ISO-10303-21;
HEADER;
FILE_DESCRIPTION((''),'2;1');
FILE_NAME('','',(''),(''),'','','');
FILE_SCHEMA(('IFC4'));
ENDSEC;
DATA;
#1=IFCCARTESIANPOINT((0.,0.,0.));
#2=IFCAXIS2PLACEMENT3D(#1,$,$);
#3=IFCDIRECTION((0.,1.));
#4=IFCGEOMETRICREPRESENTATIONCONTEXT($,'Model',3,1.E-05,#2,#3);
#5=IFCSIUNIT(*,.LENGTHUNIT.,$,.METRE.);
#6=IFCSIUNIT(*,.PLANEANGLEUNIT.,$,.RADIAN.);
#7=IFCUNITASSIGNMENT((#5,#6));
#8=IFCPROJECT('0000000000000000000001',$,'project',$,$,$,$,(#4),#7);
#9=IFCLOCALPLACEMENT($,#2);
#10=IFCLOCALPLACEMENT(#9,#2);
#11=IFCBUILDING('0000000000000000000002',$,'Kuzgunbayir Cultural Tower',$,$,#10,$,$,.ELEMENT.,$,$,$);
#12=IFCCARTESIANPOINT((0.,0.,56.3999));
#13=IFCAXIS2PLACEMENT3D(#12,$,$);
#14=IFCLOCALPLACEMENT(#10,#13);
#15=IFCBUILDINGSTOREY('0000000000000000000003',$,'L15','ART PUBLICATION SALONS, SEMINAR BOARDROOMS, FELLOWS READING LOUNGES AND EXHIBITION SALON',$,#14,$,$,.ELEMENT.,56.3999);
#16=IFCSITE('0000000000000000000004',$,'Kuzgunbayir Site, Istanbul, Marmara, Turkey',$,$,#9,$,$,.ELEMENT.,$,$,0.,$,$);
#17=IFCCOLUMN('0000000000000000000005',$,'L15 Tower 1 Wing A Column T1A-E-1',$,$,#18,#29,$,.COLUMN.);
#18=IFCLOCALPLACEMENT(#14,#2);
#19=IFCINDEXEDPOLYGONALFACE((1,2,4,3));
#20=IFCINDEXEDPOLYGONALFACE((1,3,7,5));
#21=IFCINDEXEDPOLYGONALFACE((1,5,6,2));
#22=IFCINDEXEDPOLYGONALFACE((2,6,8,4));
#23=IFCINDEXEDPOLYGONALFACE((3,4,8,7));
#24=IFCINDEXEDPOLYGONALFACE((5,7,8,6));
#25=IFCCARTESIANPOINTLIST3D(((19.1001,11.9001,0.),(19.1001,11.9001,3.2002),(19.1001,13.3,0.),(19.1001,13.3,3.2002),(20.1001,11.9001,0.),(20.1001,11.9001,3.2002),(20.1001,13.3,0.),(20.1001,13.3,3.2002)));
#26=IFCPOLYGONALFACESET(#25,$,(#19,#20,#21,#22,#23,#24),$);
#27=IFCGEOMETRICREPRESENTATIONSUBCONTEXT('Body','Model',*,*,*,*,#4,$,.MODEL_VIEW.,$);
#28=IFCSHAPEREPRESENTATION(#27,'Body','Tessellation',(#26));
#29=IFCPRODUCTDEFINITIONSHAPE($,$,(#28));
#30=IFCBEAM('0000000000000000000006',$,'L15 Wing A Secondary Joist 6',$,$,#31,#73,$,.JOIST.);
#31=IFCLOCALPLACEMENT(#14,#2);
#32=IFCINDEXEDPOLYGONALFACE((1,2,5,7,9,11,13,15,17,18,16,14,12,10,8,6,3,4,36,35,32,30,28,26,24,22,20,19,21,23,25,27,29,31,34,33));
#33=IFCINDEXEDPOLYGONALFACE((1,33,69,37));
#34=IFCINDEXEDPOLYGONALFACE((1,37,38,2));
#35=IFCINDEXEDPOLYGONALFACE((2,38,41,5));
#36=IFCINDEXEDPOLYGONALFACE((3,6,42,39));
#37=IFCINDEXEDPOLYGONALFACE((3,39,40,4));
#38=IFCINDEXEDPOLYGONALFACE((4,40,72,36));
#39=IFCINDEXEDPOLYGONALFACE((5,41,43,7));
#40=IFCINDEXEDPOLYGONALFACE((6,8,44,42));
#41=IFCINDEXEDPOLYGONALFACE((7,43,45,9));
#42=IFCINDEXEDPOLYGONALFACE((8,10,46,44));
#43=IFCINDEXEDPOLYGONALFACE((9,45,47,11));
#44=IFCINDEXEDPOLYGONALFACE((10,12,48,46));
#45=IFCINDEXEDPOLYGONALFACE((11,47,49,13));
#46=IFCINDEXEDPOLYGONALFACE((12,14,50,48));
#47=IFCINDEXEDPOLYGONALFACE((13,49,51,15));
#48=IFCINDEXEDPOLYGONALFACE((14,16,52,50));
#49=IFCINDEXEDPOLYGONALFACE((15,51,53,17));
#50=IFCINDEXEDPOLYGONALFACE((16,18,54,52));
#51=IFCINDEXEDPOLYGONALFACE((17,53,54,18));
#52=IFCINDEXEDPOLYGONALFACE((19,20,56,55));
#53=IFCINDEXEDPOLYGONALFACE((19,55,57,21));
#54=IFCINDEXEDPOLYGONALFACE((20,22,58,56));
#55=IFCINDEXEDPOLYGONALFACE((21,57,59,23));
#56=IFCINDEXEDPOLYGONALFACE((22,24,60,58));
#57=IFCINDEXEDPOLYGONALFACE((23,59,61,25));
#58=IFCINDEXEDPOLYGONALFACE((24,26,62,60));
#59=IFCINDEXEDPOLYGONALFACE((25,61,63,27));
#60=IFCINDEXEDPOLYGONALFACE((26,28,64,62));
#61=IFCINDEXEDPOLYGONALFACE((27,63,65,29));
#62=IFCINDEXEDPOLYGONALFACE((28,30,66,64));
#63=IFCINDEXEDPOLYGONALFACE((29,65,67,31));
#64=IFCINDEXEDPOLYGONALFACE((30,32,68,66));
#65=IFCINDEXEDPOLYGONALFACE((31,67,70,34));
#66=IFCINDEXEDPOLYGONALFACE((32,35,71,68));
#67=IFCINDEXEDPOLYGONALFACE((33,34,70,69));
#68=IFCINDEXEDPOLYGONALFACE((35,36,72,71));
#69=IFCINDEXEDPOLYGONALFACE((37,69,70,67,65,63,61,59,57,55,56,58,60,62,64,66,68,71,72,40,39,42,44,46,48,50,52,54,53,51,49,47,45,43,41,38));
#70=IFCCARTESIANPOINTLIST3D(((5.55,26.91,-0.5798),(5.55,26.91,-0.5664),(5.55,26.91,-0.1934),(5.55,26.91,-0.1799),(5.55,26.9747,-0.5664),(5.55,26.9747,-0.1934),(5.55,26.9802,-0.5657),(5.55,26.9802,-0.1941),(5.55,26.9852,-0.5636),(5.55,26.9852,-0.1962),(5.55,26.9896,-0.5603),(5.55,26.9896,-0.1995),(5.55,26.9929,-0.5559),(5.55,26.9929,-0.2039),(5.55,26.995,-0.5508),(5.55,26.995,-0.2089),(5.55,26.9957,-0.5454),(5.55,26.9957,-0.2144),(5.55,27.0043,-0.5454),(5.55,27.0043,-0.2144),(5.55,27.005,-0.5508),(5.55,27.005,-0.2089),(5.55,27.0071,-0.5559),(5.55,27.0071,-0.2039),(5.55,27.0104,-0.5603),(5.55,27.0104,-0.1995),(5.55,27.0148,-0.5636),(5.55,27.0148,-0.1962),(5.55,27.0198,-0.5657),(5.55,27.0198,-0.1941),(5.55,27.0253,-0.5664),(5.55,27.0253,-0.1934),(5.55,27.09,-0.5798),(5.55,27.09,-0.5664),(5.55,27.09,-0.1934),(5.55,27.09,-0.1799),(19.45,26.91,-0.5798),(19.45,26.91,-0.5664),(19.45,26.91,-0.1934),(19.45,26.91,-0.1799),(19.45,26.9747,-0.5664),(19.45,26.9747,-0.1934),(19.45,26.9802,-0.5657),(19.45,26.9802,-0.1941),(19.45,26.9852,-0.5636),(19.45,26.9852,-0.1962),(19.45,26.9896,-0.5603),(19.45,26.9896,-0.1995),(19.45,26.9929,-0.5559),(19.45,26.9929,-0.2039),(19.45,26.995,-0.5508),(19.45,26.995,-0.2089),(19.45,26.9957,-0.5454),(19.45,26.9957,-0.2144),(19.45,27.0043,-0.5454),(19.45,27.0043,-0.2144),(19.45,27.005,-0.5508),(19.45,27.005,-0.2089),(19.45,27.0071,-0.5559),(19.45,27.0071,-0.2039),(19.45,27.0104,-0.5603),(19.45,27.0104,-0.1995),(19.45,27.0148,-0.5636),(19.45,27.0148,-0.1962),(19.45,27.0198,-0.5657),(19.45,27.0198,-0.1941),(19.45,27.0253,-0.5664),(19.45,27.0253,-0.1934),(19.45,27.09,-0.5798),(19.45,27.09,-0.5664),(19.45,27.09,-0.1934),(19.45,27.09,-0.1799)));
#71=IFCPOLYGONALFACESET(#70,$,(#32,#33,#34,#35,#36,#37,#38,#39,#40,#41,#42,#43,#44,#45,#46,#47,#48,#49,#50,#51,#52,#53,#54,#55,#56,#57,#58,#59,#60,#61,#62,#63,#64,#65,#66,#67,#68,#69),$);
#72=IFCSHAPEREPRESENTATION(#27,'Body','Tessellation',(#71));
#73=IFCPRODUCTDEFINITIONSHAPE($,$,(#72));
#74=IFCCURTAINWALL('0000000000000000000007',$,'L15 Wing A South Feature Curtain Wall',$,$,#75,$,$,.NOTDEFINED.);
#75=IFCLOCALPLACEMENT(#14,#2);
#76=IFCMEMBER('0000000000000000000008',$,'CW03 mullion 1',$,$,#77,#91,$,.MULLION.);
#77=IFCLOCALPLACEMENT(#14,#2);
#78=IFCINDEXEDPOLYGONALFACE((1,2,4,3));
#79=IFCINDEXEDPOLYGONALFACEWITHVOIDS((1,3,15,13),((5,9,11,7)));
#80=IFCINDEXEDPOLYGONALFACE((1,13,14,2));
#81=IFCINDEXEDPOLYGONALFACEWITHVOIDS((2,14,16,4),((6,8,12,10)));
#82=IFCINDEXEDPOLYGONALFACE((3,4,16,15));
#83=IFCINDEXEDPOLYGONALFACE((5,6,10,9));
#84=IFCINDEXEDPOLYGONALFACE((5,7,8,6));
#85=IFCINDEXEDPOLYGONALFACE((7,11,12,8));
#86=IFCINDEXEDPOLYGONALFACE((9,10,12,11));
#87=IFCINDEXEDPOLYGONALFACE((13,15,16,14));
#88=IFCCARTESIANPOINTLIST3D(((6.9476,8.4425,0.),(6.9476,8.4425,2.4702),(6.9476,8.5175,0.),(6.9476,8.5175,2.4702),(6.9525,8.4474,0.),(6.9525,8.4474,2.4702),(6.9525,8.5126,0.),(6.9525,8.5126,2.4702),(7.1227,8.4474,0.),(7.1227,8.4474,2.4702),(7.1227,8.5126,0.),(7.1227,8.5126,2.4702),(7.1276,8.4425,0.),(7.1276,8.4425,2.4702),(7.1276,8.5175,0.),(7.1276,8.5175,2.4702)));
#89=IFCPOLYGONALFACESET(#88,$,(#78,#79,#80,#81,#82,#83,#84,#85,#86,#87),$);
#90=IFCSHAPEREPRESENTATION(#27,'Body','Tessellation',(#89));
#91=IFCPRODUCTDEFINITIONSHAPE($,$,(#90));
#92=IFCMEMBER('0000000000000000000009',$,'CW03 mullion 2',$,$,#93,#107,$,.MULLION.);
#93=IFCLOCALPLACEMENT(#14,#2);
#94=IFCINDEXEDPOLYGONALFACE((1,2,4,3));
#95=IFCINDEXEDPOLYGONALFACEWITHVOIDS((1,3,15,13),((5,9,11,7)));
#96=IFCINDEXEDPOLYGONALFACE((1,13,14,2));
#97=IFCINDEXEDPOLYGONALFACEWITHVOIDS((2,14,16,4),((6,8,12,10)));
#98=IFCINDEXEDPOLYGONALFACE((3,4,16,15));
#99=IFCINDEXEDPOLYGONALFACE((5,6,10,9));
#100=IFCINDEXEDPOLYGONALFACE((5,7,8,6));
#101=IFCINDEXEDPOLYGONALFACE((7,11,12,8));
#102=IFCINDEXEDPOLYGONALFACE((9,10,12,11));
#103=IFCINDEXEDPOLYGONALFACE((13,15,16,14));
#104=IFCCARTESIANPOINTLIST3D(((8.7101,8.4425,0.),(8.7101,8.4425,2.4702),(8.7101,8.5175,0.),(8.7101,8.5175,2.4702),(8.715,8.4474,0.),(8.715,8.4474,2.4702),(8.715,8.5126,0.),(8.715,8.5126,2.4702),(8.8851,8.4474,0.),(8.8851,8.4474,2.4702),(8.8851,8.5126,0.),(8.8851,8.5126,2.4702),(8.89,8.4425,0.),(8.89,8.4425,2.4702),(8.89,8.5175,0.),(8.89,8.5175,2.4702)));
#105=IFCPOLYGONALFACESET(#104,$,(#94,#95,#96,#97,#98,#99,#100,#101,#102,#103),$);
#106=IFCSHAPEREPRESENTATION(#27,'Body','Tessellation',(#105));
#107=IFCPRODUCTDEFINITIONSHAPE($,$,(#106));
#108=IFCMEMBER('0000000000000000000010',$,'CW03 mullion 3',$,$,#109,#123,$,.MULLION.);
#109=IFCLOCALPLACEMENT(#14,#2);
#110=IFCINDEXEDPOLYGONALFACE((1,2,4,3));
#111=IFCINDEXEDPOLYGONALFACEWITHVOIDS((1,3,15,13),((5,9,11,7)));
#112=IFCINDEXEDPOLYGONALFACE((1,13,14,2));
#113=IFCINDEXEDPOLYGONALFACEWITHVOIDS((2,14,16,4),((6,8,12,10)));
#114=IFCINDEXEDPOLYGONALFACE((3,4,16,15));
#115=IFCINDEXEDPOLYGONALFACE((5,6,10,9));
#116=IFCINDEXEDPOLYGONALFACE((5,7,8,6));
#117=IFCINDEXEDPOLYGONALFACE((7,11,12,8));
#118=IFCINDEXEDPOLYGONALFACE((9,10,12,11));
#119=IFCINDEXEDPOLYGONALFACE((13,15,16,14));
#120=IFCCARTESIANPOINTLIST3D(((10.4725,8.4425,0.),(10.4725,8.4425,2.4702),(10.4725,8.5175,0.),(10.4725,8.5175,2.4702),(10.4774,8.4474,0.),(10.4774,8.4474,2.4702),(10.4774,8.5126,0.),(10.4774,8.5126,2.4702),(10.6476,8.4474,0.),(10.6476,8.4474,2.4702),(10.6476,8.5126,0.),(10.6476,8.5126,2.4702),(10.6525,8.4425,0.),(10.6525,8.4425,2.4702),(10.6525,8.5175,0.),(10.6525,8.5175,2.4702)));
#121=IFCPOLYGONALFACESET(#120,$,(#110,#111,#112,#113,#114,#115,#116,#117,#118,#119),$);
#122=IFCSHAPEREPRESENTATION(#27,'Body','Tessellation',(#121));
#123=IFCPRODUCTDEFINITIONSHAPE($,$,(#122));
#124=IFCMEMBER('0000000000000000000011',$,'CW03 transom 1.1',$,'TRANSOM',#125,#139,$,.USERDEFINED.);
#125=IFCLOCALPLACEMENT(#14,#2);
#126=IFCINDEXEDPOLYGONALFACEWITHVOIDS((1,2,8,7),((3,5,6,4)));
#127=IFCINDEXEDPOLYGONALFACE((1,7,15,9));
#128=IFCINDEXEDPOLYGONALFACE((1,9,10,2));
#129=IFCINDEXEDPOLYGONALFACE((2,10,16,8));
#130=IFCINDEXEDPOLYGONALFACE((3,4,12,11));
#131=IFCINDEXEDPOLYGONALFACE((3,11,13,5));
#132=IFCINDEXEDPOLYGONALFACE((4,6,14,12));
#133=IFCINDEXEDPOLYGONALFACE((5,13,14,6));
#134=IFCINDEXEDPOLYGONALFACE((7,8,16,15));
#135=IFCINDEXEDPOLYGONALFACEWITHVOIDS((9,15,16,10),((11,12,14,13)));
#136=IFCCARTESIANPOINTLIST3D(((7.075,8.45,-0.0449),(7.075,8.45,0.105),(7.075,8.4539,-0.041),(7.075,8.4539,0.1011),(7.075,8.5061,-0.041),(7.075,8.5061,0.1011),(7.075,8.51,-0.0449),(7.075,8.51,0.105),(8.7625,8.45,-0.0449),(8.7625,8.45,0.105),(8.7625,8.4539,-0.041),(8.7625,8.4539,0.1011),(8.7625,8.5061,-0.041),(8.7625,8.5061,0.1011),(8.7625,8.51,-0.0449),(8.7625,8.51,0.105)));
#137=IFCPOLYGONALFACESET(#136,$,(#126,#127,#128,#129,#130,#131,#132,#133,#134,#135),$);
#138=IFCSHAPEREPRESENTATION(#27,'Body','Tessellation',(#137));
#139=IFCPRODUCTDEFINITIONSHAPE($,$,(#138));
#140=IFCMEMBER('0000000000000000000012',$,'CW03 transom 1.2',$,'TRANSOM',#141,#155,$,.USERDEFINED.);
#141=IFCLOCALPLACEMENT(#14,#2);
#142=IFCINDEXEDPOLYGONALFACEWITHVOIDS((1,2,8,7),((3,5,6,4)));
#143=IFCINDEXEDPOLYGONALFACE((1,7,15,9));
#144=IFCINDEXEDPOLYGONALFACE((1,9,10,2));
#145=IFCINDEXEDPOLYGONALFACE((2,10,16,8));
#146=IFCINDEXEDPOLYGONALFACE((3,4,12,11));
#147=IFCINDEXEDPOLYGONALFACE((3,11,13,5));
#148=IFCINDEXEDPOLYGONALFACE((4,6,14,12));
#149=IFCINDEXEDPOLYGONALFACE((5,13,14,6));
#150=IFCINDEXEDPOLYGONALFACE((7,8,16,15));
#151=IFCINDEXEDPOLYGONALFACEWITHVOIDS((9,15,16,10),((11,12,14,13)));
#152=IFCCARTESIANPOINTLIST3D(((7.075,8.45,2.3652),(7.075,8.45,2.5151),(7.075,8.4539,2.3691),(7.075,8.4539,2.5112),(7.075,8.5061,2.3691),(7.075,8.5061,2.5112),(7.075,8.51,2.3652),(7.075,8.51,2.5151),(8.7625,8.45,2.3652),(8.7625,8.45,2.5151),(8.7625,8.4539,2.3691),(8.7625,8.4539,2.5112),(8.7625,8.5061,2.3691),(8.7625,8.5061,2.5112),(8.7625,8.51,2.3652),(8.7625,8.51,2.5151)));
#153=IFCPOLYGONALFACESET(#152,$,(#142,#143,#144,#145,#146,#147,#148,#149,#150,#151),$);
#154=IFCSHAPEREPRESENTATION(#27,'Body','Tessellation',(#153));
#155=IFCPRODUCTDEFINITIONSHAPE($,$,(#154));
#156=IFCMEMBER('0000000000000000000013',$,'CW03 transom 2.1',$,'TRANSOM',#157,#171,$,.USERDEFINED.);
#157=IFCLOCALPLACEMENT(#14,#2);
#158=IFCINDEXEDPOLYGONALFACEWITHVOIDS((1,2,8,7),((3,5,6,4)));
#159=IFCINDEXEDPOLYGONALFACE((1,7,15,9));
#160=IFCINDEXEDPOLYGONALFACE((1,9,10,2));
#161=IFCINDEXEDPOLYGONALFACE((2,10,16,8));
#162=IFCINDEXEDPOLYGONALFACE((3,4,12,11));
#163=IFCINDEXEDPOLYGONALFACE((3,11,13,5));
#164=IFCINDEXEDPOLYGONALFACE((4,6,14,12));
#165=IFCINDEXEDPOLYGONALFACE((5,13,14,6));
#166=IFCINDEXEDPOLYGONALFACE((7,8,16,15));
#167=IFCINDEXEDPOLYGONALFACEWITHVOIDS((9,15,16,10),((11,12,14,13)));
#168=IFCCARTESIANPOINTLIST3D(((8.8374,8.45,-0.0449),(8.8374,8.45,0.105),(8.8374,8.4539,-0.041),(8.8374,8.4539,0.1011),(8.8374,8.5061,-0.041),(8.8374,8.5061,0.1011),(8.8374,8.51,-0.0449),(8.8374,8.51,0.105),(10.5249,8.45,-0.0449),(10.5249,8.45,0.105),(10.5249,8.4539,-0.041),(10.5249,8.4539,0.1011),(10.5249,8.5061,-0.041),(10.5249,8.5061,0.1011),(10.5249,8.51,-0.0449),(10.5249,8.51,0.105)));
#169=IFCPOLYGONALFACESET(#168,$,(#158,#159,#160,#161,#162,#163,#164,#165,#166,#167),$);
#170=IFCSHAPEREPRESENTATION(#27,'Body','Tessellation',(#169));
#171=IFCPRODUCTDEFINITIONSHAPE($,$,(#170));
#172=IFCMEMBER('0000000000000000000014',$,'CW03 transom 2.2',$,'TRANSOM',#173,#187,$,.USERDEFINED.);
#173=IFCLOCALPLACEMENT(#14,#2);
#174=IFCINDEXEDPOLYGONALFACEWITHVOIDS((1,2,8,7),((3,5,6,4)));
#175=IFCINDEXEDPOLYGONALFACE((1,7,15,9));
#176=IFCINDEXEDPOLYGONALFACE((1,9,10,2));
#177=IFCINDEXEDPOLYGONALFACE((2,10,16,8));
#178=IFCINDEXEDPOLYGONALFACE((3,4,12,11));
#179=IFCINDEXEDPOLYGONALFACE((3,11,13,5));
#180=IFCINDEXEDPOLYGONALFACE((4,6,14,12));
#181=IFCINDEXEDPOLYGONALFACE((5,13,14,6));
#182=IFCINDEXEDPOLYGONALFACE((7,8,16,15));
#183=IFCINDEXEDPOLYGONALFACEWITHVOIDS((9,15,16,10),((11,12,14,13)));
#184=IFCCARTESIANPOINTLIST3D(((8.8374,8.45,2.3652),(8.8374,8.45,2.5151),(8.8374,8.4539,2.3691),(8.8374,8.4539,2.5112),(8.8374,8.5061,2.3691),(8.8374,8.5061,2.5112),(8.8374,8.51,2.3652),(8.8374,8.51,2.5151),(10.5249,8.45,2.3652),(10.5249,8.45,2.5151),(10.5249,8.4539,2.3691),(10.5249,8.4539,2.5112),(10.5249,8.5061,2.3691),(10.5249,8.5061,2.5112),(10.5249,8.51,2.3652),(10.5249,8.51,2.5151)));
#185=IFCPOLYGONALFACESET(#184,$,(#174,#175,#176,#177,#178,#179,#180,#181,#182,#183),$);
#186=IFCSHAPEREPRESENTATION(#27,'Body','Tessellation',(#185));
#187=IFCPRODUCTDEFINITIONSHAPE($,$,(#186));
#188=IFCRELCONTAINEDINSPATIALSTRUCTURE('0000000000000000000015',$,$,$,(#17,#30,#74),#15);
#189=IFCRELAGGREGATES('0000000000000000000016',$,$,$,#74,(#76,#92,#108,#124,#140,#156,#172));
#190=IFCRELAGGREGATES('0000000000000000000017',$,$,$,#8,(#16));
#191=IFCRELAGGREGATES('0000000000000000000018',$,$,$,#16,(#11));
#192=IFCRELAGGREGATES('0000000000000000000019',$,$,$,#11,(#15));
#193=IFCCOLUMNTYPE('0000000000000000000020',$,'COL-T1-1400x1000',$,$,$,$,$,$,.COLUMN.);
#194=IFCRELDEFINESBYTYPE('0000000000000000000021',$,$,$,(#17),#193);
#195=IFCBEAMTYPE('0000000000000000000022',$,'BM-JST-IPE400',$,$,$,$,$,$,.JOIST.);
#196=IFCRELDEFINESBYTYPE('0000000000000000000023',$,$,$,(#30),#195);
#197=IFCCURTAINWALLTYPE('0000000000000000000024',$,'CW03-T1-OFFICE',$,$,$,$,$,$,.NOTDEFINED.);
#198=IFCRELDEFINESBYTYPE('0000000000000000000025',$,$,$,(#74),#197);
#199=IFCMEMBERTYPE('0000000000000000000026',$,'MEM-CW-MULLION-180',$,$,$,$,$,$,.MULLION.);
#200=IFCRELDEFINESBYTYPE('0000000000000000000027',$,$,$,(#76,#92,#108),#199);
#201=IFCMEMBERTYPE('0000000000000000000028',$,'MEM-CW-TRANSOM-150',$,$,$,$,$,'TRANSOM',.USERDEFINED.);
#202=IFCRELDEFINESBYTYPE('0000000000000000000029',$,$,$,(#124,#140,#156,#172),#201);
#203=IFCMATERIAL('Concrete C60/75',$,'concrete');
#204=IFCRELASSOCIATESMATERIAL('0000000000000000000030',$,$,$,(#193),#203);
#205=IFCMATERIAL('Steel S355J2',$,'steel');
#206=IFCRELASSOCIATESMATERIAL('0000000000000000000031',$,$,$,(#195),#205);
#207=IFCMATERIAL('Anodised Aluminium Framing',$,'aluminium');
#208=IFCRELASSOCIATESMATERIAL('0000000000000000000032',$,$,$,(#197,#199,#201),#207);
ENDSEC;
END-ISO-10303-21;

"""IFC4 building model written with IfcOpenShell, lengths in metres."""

from ifc_helpers import new_model, si_unit, direction, frame, origin, origin_2d, place, context, subcontext, project, spatial, rectangle, hollow_rectangle, i_section, extrude, material, material_profile, profile_set, type_object, element, aggregate, save


model = new_model("IFC4")

# Units and contexts
model_context = context("Model", 3, precision=1e-05, world=origin(), true_north=direction((0.0, 1.0)))
body_context = subcontext(model_context, "Body", "Model", "MODEL_VIEW")
ifc_project = project(units=[si_unit("LENGTHUNIT", "METRE"), si_unit("PLANEANGLEUNIT", "RADIAN")], contexts=[model_context])

# Site, building, storey
site_placement = place(None, origin())
site = spatial("IfcSite", under=ifc_project, at=site_placement, Name="Kuzgunbayir Site, Istanbul, Marmara, Turkey", CompositionType="ELEMENT", RefElevation=0.0)
building_placement = place(site_placement, origin())
building = spatial("IfcBuilding", under=site, at=building_placement, Name="Kuzgunbayir Cultural Tower", CompositionType="ELEMENT")
storey_placement = place(building_placement, frame((0.0, 0.0, 56.3999)))
storey = spatial("IfcBuildingStorey", under=building, at=storey_placement, Name="L15", Description="ART PUBLICATION SALONS, SEMINAR BOARDROOMS, FELLOWS READING LOUNGES AND EXHIBITION SALON", CompositionType="ELEMENT", Elevation=56.3999)

# Column
ifc_material_1 = material(Name="Concrete C60/75", Category="concrete")
ifc_material_profile_1 = material_profile(ifc_material_1, rectangle(XDim=1.0, YDim=1.3999, at=origin_2d()), Name="RC 1400x1000")
ifc_profile_set_1 = profile_set([ifc_material_profile_1], Name="Concrete C60/75")
column_type = type_object("IfcColumnType", Name="COL-T1-1400x1000", PredefinedType="COLUMN", material=ifc_profile_set_1)
column_placement = place(storey_placement, frame((19.6001, 12.6001, 0.0), z_axis=(0.0, 0.0, 1.0), x_axis=(1.0, 0.0, 0.0)))
element("IfcColumn", 1, at=column_placement, inside=storey, type_object=column_type, Name="L15 Tower 1 Wing A Column T1A-E-1", PredefinedType="COLUMN", context=body_context, shape_type="SweptSolid", body=[
    extrude(rectangle(XDim=1.0, YDim=1.3999, at=origin_2d()), origin(), (0.0, 0.0, 1.0), 3.2002),
])

# Beam
ifc_material_2 = material(Name="Steel S355J2", Category="steel")
ifc_material_profile_2 = material_profile(ifc_material_2, i_section(OverallWidth=0.1799, OverallDepth=0.3999, WebThickness=0.0085, FlangeThickness=0.0134, FilletRadius=0.021, at=origin_2d()), Name="IPE 400")
ifc_profile_set_2 = profile_set([ifc_material_profile_2], Name="Steel S355J2")
beam_type = type_object("IfcBeamType", Name="BM-JST-IPE400", PredefinedType="JOIST", material=ifc_profile_set_2)
beam_placement = place(storey_placement, frame((5.55, 27.0, -0.3799), z_axis=(1.0, 0.0, 0.0), x_axis=(0.0, 1.0, 0.0)))
element("IfcBeam", 2, at=beam_placement, inside=storey, type_object=beam_type, Name="L15 Wing A Secondary Joist 6", PredefinedType="JOIST", context=body_context, shape_type="SweptSolid", body=[
    extrude(i_section(OverallWidth=0.1799, OverallDepth=0.3999, WebThickness=0.0085, FlangeThickness=0.0134, FilletRadius=0.021, at=origin_2d()), origin(), (0.0, 0.0, 1.0), 13.8999),
])

# Curtain wall, members
ifc_material_3 = material(Name="Anodised Aluminium Framing", Category="aluminium")
curtain_wall_type = type_object("IfcCurtainWallType", Name="CW03-T1-OFFICE", PredefinedType="NOTDEFINED", material=ifc_material_3)
curtain_wall_placement = place(storey_placement, origin())
curtain_wall = element("IfcCurtainWall", 3, at=curtain_wall_placement, inside=storey, type_object=curtain_wall_type, Name="L15 Wing A South Feature Curtain Wall", PredefinedType="NOTDEFINED")
ifc_material_profile_3 = material_profile(ifc_material_3, hollow_rectangle(XDim=0.075, YDim=0.1799, WallThickness=0.0049, at=origin_2d()), Name="RHS 180x75x5")
ifc_profile_set_3 = profile_set([ifc_material_profile_3], Name="Anodised Aluminium Framing")
member_type_1 = type_object("IfcMemberType", Name="MEM-CW-MULLION-180", PredefinedType="MULLION", material=ifc_profile_set_3)
member_1_placement = place(storey_placement, frame((7.0376, 8.48, 0.0), z_axis=(0.0, 0.0, 1.0), x_axis=(0.0, 1.0, 0.0)))
member_1 = element("IfcMember", 4, at=member_1_placement, type_object=member_type_1, Name="CW03 mullion 1", PredefinedType="MULLION", context=body_context, shape_type="SweptSolid", body=[
    extrude(hollow_rectangle(XDim=0.075, YDim=0.1799, WallThickness=0.0049, at=origin_2d()), origin(), (0.0, 0.0, 1.0), 2.4702),
])
member_2_placement = place(storey_placement, frame((8.8, 8.48, 0.0), z_axis=(0.0, 0.0, 1.0), x_axis=(0.0, 1.0, 0.0)))
member_2 = element("IfcMember", 5, at=member_2_placement, type_object=member_type_1, Name="CW03 mullion 2", PredefinedType="MULLION", context=body_context, shape_type="SweptSolid", body=[
    extrude(hollow_rectangle(XDim=0.075, YDim=0.1799, WallThickness=0.0049, at=origin_2d()), origin(), (0.0, 0.0, 1.0), 2.4702),
])
member_3_placement = place(storey_placement, frame((10.5625, 8.48, 0.0), z_axis=(0.0, 0.0, 1.0), x_axis=(0.0, 1.0, 0.0)))
member_3 = element("IfcMember", 6, at=member_3_placement, type_object=member_type_1, Name="CW03 mullion 3", PredefinedType="MULLION", context=body_context, shape_type="SweptSolid", body=[
    extrude(hollow_rectangle(XDim=0.075, YDim=0.1799, WallThickness=0.0049, at=origin_2d()), origin(), (0.0, 0.0, 1.0), 2.4702),
])
ifc_material_profile_4 = material_profile(ifc_material_3, hollow_rectangle(XDim=0.0601, YDim=0.1499, WallThickness=0.0039, at=origin_2d()), Name="RHS 150x60x4")
ifc_profile_set_4 = profile_set([ifc_material_profile_4], Name="Anodised Aluminium Framing")
member_type_2 = type_object("IfcMemberType", Name="MEM-CW-TRANSOM-150", ElementType="TRANSOM", PredefinedType="USERDEFINED", material=ifc_profile_set_4)
member_4_placement = place(storey_placement, frame((7.075, 8.48, 0.03), z_axis=(1.0, 0.0, 0.0), x_axis=(0.0, 1.0, 0.0)))
member_4 = element("IfcMember", 7, at=member_4_placement, type_object=member_type_2, Name="CW03 transom 1.1", ObjectType="TRANSOM", PredefinedType="USERDEFINED", context=body_context, shape_type="SweptSolid", body=[
    extrude(hollow_rectangle(XDim=0.0601, YDim=0.1499, WallThickness=0.0039, at=origin_2d()), origin(), (0.0, 0.0, 1.0), 1.6875),
])
member_5_placement = place(storey_placement, frame((7.075, 8.48, 2.4402), z_axis=(1.0, 0.0, 0.0), x_axis=(0.0, 1.0, 0.0)))
member_5 = element("IfcMember", 8, at=member_5_placement, type_object=member_type_2, Name="CW03 transom 1.2", ObjectType="TRANSOM", PredefinedType="USERDEFINED", context=body_context, shape_type="SweptSolid", body=[
    extrude(hollow_rectangle(XDim=0.0601, YDim=0.1499, WallThickness=0.0039, at=origin_2d()), origin(), (0.0, 0.0, 1.0), 1.6875),
])
member_6_placement = place(storey_placement, frame((8.8374, 8.48, 0.03), z_axis=(1.0, 0.0, 0.0), x_axis=(0.0, 1.0, 0.0)))
member_6 = element("IfcMember", 9, at=member_6_placement, type_object=member_type_2, Name="CW03 transom 2.1", ObjectType="TRANSOM", PredefinedType="USERDEFINED", context=body_context, shape_type="SweptSolid", body=[
    extrude(hollow_rectangle(XDim=0.0601, YDim=0.1499, WallThickness=0.0039, at=origin_2d()), origin(), (0.0, 0.0, 1.0), 1.6875),
])
member_7_placement = place(storey_placement, frame((8.8374, 8.48, 2.4402), z_axis=(1.0, 0.0, 0.0), x_axis=(0.0, 1.0, 0.0)))
member_7 = element("IfcMember", 10, at=member_7_placement, type_object=member_type_2, Name="CW03 transom 2.2", ObjectType="TRANSOM", PredefinedType="USERDEFINED", context=body_context, shape_type="SweptSolid", body=[
    extrude(hollow_rectangle(XDim=0.0601, YDim=0.1499, WallThickness=0.0039, at=origin_2d()), origin(), (0.0, 0.0, 1.0), 1.6875),
])
aggregate(curtain_wall, [member_1, member_2, member_3, member_4, member_5, member_6, member_7])

save(model, "model.ifc")
